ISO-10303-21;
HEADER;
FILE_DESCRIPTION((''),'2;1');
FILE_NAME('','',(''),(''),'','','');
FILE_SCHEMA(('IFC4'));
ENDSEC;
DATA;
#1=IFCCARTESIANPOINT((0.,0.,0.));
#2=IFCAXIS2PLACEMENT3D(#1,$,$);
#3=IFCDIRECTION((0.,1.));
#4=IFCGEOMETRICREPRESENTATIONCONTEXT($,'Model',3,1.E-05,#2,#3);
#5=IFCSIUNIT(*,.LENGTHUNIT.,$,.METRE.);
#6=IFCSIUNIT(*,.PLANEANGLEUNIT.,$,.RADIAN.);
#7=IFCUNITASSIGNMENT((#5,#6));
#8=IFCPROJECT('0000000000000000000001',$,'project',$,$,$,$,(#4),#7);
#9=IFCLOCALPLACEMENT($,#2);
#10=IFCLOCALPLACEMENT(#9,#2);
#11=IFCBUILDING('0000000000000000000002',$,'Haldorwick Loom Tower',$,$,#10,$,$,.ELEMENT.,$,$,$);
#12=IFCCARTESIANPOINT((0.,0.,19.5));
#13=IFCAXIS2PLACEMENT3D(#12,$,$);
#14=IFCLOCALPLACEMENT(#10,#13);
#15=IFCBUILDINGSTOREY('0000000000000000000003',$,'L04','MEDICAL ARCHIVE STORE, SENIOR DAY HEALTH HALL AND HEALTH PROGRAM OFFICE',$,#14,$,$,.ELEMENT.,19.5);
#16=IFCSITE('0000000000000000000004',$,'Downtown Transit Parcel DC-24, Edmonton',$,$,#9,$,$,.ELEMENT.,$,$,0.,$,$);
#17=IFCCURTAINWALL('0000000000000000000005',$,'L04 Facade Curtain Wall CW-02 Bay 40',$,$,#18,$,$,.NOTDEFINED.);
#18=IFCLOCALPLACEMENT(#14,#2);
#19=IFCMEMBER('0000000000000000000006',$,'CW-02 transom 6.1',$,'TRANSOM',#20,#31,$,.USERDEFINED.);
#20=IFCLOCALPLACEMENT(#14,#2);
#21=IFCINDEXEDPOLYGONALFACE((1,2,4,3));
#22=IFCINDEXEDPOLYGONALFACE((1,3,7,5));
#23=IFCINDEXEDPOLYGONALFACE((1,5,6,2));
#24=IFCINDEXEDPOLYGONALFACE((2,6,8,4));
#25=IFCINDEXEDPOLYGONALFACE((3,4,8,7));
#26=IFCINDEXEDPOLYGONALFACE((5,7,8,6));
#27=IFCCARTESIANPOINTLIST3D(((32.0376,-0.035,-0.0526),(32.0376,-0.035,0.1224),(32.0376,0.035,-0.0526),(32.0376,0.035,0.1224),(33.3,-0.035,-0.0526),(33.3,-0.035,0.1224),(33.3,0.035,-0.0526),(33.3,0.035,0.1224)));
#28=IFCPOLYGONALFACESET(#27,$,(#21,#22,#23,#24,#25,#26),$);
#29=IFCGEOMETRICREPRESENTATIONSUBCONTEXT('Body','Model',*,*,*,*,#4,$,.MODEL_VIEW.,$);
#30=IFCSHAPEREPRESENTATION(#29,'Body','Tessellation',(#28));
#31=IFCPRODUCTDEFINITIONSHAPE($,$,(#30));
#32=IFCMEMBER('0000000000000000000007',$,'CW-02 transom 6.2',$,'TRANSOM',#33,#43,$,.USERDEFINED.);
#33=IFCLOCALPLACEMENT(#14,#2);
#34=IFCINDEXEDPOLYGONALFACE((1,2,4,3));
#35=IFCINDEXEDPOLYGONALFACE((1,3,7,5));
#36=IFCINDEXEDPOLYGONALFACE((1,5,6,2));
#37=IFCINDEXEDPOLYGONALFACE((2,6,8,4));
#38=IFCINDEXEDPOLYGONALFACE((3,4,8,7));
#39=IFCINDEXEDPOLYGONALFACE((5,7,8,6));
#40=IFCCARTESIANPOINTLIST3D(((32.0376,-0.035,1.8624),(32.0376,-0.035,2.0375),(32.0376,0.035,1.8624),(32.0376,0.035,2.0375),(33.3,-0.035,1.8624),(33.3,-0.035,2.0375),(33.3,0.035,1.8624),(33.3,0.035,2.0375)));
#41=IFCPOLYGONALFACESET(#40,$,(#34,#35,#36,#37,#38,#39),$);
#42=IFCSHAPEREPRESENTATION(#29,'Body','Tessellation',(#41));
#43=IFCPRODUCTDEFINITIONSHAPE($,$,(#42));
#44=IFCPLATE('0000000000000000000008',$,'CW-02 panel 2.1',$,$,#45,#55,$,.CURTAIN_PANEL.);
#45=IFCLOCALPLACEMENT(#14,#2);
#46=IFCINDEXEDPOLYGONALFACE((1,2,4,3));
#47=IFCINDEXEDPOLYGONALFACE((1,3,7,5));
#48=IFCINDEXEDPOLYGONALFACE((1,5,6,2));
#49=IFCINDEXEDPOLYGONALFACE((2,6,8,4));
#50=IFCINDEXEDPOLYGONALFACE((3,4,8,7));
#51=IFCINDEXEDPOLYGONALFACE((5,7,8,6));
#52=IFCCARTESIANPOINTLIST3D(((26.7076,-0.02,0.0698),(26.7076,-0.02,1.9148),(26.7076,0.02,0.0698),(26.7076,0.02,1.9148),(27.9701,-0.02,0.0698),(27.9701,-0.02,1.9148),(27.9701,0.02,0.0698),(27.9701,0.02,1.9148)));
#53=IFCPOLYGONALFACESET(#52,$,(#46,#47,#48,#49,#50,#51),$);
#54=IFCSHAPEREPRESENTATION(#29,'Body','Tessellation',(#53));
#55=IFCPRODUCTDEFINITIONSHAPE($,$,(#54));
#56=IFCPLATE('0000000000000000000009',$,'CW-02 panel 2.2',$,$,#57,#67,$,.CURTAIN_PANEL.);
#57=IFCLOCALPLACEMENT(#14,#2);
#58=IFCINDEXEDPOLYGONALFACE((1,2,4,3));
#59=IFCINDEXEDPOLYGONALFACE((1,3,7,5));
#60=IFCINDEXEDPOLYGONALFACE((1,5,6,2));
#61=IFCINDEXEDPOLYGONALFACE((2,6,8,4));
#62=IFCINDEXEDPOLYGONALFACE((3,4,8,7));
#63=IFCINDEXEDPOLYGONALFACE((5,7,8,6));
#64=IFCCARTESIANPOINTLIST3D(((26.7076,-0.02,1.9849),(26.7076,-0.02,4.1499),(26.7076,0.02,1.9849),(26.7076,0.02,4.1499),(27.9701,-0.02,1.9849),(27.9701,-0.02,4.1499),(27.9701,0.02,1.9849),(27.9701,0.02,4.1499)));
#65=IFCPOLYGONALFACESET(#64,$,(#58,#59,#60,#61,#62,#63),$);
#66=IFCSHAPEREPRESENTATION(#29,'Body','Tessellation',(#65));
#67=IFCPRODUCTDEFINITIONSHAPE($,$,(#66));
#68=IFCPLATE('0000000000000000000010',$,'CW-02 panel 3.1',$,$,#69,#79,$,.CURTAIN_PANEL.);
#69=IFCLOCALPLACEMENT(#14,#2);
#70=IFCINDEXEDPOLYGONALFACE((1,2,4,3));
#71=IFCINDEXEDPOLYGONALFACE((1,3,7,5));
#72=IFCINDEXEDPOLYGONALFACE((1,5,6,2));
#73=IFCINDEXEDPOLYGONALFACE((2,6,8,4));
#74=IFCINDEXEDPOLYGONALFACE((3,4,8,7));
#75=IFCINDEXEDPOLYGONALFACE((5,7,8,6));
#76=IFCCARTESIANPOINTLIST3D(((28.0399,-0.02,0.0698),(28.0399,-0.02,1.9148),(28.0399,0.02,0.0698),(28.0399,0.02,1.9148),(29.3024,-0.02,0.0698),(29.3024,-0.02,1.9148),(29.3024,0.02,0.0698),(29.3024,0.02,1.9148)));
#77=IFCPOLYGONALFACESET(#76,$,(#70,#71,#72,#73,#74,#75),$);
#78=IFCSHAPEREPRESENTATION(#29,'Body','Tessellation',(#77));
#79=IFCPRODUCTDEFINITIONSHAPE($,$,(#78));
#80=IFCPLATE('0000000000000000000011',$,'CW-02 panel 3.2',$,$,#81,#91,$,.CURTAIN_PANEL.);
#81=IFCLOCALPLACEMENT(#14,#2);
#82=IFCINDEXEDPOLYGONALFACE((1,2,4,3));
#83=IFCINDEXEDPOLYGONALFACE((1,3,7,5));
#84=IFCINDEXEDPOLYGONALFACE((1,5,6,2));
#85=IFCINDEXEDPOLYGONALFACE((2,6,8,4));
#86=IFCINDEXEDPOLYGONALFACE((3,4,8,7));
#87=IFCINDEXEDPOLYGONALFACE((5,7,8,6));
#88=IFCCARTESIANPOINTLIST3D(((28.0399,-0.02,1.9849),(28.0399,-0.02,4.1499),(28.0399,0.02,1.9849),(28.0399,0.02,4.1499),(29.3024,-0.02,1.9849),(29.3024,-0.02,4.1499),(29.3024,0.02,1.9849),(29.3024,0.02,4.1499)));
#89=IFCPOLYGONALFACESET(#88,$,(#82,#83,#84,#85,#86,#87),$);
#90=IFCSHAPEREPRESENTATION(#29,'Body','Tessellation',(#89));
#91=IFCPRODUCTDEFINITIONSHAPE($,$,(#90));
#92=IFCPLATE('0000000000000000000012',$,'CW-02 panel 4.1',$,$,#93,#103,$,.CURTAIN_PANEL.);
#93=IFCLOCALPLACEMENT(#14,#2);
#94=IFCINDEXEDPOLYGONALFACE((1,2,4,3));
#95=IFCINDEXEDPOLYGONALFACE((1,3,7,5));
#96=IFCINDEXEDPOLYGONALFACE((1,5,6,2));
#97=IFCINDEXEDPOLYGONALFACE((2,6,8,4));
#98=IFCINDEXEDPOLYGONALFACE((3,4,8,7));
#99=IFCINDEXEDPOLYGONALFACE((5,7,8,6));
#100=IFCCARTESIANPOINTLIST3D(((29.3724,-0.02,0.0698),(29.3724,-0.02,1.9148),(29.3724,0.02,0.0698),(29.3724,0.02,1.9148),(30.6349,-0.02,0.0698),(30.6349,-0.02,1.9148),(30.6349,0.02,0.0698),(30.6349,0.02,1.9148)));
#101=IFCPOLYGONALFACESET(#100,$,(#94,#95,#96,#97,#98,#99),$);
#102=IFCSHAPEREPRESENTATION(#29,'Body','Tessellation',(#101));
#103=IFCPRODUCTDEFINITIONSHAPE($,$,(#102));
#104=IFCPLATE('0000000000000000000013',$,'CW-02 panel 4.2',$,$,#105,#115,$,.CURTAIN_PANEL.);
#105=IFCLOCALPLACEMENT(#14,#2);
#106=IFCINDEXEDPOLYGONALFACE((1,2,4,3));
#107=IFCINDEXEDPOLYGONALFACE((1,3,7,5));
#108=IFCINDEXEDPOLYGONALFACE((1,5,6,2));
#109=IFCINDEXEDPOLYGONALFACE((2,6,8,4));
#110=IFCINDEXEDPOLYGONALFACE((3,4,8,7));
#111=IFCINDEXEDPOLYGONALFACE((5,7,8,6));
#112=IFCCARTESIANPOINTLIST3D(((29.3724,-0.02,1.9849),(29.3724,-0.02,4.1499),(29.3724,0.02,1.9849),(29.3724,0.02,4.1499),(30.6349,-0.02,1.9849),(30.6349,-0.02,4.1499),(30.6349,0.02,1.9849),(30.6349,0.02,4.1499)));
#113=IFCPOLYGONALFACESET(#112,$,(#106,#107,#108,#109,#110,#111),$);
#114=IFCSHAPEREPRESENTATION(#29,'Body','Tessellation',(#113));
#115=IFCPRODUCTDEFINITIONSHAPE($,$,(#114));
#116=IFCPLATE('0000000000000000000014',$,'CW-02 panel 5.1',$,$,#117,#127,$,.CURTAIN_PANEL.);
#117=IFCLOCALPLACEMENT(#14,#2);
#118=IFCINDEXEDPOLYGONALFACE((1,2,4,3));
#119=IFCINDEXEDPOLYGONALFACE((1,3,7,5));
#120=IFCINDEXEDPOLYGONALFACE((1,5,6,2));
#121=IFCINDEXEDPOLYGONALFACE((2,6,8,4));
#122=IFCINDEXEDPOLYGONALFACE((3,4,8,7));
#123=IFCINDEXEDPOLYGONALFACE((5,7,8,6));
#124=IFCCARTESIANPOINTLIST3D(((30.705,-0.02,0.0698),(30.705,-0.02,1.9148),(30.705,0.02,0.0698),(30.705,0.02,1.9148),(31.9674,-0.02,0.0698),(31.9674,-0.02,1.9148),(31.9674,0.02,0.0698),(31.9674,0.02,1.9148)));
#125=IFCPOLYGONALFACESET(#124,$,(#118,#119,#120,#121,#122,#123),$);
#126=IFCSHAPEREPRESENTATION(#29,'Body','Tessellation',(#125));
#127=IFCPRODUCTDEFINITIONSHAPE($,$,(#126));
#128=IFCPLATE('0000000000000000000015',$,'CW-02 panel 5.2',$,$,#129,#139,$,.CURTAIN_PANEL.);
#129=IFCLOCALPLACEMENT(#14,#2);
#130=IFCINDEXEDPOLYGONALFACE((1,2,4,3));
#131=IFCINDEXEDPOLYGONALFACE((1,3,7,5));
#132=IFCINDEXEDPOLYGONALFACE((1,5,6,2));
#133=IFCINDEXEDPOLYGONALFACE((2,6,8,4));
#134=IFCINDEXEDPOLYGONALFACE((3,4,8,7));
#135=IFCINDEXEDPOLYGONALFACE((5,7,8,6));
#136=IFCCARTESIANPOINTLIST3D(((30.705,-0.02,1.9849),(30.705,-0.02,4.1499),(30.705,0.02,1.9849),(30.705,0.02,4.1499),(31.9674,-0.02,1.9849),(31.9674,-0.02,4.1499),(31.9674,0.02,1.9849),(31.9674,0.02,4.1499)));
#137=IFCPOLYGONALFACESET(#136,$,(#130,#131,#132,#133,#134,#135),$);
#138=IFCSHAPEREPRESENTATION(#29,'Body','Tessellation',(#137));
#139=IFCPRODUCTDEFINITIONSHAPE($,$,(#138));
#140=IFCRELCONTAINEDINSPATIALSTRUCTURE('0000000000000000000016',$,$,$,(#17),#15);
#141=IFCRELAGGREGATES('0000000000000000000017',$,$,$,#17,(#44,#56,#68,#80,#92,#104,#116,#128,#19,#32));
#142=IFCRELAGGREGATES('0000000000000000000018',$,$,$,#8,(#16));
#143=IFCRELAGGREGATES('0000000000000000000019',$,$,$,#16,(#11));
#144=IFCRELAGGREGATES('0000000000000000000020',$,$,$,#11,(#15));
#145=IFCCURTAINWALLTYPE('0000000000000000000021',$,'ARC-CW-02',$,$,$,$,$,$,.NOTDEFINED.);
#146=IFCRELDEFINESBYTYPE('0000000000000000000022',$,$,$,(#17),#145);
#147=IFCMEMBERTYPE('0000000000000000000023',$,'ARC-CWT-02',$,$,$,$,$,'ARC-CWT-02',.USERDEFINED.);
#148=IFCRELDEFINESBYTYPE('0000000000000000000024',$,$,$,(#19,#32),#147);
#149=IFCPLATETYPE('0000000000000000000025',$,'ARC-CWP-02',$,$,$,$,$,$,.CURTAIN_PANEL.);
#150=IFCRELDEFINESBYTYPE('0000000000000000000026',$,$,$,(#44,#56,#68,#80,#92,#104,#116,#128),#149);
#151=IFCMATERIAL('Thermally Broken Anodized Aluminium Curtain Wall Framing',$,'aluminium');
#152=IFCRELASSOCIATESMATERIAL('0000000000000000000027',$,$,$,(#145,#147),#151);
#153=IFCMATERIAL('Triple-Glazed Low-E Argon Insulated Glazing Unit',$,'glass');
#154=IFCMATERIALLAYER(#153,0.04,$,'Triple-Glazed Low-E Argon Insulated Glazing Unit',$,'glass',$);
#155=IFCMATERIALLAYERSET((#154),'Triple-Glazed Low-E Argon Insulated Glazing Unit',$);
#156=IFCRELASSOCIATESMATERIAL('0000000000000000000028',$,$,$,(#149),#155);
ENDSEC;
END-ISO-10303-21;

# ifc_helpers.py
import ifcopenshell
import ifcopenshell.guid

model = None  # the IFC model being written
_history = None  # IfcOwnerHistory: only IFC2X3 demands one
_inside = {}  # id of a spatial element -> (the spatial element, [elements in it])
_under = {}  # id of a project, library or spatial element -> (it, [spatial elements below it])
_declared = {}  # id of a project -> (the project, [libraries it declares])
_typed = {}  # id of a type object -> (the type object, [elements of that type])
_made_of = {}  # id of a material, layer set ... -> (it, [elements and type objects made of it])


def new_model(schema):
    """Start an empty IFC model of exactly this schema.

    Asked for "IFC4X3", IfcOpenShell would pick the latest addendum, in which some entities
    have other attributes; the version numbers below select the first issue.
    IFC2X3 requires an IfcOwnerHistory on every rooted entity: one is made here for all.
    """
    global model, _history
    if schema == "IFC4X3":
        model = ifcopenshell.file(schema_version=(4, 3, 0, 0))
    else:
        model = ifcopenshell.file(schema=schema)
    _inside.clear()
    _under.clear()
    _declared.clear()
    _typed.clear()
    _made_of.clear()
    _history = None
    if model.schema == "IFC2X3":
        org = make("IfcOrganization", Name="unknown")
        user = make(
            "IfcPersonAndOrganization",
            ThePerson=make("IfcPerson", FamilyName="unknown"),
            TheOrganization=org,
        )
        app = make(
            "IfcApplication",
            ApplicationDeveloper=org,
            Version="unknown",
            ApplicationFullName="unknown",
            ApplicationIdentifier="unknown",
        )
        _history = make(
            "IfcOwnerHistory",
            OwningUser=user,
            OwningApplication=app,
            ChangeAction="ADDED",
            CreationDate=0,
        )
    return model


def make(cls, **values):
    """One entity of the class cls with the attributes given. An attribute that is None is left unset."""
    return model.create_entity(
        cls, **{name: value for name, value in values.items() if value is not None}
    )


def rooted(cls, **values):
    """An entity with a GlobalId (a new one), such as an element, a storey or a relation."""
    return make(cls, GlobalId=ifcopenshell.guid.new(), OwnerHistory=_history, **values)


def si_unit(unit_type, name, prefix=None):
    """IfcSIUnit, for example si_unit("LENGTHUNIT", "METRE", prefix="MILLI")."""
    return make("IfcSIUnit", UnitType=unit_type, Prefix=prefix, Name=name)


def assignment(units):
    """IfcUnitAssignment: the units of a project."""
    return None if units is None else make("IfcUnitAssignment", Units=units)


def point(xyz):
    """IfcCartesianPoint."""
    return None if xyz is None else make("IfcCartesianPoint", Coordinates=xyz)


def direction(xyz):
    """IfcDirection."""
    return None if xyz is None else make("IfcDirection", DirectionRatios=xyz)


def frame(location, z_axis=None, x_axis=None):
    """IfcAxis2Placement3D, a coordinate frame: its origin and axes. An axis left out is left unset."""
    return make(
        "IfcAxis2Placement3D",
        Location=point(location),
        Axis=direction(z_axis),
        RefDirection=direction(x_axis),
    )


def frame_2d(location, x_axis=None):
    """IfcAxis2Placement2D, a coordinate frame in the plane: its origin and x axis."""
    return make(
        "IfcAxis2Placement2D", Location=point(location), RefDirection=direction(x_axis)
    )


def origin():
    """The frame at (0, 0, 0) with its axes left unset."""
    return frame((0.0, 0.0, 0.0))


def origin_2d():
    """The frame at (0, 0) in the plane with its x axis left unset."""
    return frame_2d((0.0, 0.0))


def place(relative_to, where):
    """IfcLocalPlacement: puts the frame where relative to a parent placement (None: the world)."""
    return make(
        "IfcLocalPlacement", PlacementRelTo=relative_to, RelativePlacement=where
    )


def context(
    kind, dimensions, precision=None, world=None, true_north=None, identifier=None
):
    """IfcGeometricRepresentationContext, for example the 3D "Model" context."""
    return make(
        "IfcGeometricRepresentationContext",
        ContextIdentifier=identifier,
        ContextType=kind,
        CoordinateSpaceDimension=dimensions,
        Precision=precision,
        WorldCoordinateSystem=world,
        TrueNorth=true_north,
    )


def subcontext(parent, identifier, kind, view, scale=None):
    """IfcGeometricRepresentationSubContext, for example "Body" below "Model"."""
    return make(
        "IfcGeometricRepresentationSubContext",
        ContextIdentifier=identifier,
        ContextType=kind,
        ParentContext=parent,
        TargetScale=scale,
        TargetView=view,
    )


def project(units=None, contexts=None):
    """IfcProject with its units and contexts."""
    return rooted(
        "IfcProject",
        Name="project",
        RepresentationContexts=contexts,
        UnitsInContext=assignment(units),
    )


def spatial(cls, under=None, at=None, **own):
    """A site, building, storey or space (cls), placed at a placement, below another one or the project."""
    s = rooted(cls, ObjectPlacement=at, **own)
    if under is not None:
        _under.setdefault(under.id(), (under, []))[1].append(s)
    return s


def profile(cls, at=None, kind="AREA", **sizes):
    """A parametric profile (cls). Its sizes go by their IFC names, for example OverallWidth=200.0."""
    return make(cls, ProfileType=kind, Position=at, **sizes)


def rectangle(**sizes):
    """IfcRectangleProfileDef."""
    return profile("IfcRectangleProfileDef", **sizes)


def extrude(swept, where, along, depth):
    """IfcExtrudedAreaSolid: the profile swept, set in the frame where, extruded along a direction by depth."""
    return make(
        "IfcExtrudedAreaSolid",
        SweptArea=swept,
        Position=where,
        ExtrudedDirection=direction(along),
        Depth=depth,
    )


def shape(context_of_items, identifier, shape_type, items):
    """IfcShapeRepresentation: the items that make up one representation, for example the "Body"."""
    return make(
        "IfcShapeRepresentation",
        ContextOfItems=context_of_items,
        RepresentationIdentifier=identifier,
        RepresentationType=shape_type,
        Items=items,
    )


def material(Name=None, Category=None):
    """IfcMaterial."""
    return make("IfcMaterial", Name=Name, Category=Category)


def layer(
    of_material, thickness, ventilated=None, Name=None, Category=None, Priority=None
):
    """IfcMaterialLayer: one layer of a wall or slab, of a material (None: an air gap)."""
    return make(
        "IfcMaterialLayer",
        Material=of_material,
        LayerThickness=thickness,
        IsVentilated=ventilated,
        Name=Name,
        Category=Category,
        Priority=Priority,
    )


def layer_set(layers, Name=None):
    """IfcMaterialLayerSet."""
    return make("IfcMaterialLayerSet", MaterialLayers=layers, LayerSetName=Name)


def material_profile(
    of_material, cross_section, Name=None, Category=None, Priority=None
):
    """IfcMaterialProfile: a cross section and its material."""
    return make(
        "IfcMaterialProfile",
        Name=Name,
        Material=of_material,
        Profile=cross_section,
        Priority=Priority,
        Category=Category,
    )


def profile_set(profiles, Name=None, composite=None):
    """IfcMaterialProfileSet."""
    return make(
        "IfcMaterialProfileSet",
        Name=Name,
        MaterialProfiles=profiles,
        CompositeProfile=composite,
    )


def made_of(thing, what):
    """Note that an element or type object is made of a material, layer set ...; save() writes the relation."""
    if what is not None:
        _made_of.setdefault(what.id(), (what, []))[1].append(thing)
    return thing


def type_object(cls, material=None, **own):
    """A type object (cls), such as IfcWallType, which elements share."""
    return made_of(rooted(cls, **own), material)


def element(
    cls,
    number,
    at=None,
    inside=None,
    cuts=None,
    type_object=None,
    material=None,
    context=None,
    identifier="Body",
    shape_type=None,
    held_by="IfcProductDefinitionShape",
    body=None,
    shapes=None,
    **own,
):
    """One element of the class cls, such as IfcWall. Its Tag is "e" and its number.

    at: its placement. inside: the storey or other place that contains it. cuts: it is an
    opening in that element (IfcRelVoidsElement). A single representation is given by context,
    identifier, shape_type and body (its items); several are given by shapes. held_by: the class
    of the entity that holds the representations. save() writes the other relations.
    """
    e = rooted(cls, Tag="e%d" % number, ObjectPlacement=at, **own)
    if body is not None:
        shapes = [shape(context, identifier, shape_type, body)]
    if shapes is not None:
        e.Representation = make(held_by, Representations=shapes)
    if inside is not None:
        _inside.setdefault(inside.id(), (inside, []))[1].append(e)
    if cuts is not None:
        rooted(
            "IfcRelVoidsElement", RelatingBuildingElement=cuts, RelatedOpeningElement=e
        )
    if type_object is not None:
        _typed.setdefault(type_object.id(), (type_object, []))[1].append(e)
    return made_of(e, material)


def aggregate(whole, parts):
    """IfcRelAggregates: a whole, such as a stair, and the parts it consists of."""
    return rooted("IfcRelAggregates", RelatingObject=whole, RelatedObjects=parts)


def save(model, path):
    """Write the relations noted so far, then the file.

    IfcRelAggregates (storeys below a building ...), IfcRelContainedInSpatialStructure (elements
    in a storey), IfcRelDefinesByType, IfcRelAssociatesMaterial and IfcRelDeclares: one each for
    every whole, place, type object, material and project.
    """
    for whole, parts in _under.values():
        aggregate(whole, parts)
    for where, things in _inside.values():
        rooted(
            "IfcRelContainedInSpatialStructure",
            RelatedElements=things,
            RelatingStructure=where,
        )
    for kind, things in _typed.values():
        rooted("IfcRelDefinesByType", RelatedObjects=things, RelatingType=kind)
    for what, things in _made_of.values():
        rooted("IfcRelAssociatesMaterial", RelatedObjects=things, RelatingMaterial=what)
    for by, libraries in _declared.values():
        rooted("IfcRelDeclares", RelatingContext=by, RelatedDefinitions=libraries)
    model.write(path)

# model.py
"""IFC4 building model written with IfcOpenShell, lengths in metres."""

from ifc_helpers import new_model, si_unit, direction, frame, origin, origin_2d, place, context, subcontext, project, spatial, rectangle, extrude, material, layer, layer_set, material_profile, profile_set, type_object, element, aggregate, save


model = new_model("IFC4")

# Units and contexts
model_context = context("Model", 3, precision=1e-05, world=origin(), true_north=direction((0.0, 1.0)))
body_context = subcontext(model_context, "Body", "Model", "MODEL_VIEW")
ifc_project = project(units=[si_unit("LENGTHUNIT", "METRE"), si_unit("PLANEANGLEUNIT", "RADIAN")], contexts=[model_context])

# Site, building, storey
site_placement = place(None, origin())
site = spatial("IfcSite", under=ifc_project, at=site_placement, Name="Downtown Transit Parcel DC-24, Edmonton", CompositionType="ELEMENT", RefElevation=0.0)
building_placement = place(site_placement, origin())
building = spatial("IfcBuilding", under=site, at=building_placement, Name="Haldorwick Loom Tower", CompositionType="ELEMENT")
storey_placement = place(building_placement, frame((0.0, 0.0, 19.5)))
storey = spatial("IfcBuildingStorey", under=building, at=storey_placement, Name="L04", Description="MEDICAL ARCHIVE STORE, SENIOR DAY HEALTH HALL AND HEALTH PROGRAM OFFICE", CompositionType="ELEMENT", Elevation=19.5)

# Curtain wall, members, plates
ifc_material_1 = material(Name="Thermally Broken Anodized Aluminium Curtain Wall Framing", Category="aluminium")
curtain_wall_type = type_object("IfcCurtainWallType", Name="ARC-CW-02", PredefinedType="NOTDEFINED", material=ifc_material_1)
curtain_wall_placement = place(storey_placement, origin())
curtain_wall = element("IfcCurtainWall", 1, at=curtain_wall_placement, inside=storey, type_object=curtain_wall_type, Name="L04 Facade Curtain Wall CW-02 Bay 40", PredefinedType="NOTDEFINED")
ifc_material_profile_1 = material_profile(ifc_material_1, rectangle(XDim=0.0701, YDim=0.175, at=origin_2d()), Name="ALU_TRN_70X175", Category="aluminium")
ifc_profile_set_1 = profile_set([ifc_material_profile_1], Name="Thermally Broken Anodized Aluminium Curtain Wall Framing")
member_type_1 = type_object("IfcMemberType", Name="ARC-CWT-02", ElementType="ARC-CWT-02", PredefinedType="USERDEFINED", material=ifc_profile_set_1)
member_1_placement = place(storey_placement, frame((32.0376, 0.0, 0.0349), z_axis=(1.0, 0.0, 0.0), x_axis=(0.0, 1.0, 0.0)))
member_1 = element("IfcMember", 2, at=member_1_placement, type_object=member_type_1, Name="CW-02 transom 6.1", ObjectType="TRANSOM", PredefinedType="USERDEFINED", context=body_context, shape_type="SweptSolid", body=[
    extrude(rectangle(XDim=0.0701, YDim=0.175, at=origin_2d()), origin(), (0.0, 0.0, 1.0), 1.2625),
])
member_2_placement = place(storey_placement, frame((32.0376, 0.0, 1.95), z_axis=(1.0, 0.0, 0.0), x_axis=(0.0, 1.0, 0.0)))
member_2 = element("IfcMember", 3, at=member_2_placement, type_object=member_type_1, Name="CW-02 transom 6.2", ObjectType="TRANSOM", PredefinedType="USERDEFINED", context=body_context, shape_type="SweptSolid", body=[
    extrude(rectangle(XDim=0.0701, YDim=0.175, at=origin_2d()), origin(), (0.0, 0.0, 1.0), 1.2625),
])
ifc_material_2 = material(Name="Triple-Glazed Low-E Argon Insulated Glazing Unit", Category="glass")
ifc_layer = layer(ifc_material_2, 0.04, Name="Triple-Glazed Low-E Argon Insulated Glazing Unit", Category="glass")
ifc_layer_set = layer_set([ifc_layer], Name="Triple-Glazed Low-E Argon Insulated Glazing Unit")
plate_type = type_object("IfcPlateType", Name="ARC-CWP-02", PredefinedType="CURTAIN_PANEL", material=ifc_layer_set)
plate_1_placement = place(storey_placement, frame((27.3389, 0.0, 0.0698), z_axis=(0.0, 0.0, 1.0), x_axis=(1.0, 0.0, 0.0)))
plate_1 = element("IfcPlate", 4, at=plate_1_placement, type_object=plate_type, Name="CW-02 panel 2.1", PredefinedType="CURTAIN_PANEL", context=body_context, shape_type="SweptSolid", body=[
    extrude(rectangle(XDim=1.2625, YDim=0.04, at=origin_2d()), origin(), (0.0, 0.0, 1.0), 1.845),
])
plate_2_placement = place(storey_placement, frame((27.3389, 0.0, 1.9849), z_axis=(0.0, 0.0, 1.0), x_axis=(1.0, 0.0, 0.0)))
plate_2 = element("IfcPlate", 5, at=plate_2_placement, type_object=plate_type, Name="CW-02 panel 2.2", PredefinedType="CURTAIN_PANEL", context=body_context, shape_type="SweptSolid", body=[
    extrude(rectangle(XDim=1.2625, YDim=0.04, at=origin_2d()), origin(), (0.0, 0.0, 1.0), 2.165),
])
plate_3_placement = place(storey_placement, frame((28.6711, 0.0, 0.0698), z_axis=(0.0, 0.0, 1.0), x_axis=(1.0, 0.0, 0.0)))
plate_3 = element("IfcPlate", 6, at=plate_3_placement, type_object=plate_type, Name="CW-02 panel 3.1", PredefinedType="CURTAIN_PANEL", context=body_context, shape_type="SweptSolid", body=[
    extrude(rectangle(XDim=1.2625, YDim=0.04, at=origin_2d()), origin(), (0.0, 0.0, 1.0), 1.845),
])
plate_4_placement = place(storey_placement, frame((28.6711, 0.0, 1.9849), z_axis=(0.0, 0.0, 1.0), x_axis=(1.0, 0.0, 0.0)))
plate_4 = element("IfcPlate", 7, at=plate_4_placement, type_object=plate_type, Name="CW-02 panel 3.2", PredefinedType="CURTAIN_PANEL", context=body_context, shape_type="SweptSolid", body=[
    extrude(rectangle(XDim=1.2625, YDim=0.04, at=origin_2d()), origin(), (0.0, 0.0, 1.0), 2.165),
])
plate_5_placement = place(storey_placement, frame((30.0037, 0.0, 0.0698), z_axis=(0.0, 0.0, 1.0), x_axis=(1.0, 0.0, 0.0)))
plate_5 = element("IfcPlate", 8, at=plate_5_placement, type_object=plate_type, Name="CW-02 panel 4.1", PredefinedType="CURTAIN_PANEL", context=body_context, shape_type="SweptSolid", body=[
    extrude(rectangle(XDim=1.2625, YDim=0.04, at=origin_2d()), origin(), (0.0, 0.0, 1.0), 1.845),
])
plate_6_placement = place(storey_placement, frame((30.0037, 0.0, 1.9849), z_axis=(0.0, 0.0, 1.0), x_axis=(1.0, 0.0, 0.0)))
plate_6 = element("IfcPlate", 9, at=plate_6_placement, type_object=plate_type, Name="CW-02 panel 4.2", PredefinedType="CURTAIN_PANEL", context=body_context, shape_type="SweptSolid", body=[
    extrude(rectangle(XDim=1.2625, YDim=0.04, at=origin_2d()), origin(), (0.0, 0.0, 1.0), 2.165),
])
plate_7_placement = place(storey_placement, frame((31.3362, 0.0, 0.0698), z_axis=(0.0, 0.0, 1.0), x_axis=(1.0, 0.0, 0.0)))
plate_7 = element("IfcPlate", 10, at=plate_7_placement, type_object=plate_type, Name="CW-02 panel 5.1", PredefinedType="CURTAIN_PANEL", context=body_context, shape_type="SweptSolid", body=[
    extrude(rectangle(XDim=1.2625, YDim=0.04, at=origin_2d()), origin(), (0.0, 0.0, 1.0), 1.845),
])
plate_8_placement = place(storey_placement, frame((31.3362, 0.0, 1.9849), z_axis=(0.0, 0.0, 1.0), x_axis=(1.0, 0.0, 0.0)))
plate_8 = element("IfcPlate", 11, at=plate_8_placement, type_object=plate_type, Name="CW-02 panel 5.2", PredefinedType="CURTAIN_PANEL", context=body_context, shape_type="SweptSolid", body=[
    extrude(rectangle(XDim=1.2625, YDim=0.04, at=origin_2d()), origin(), (0.0, 0.0, 1.0), 2.165),
])
aggregate(curtain_wall, [plate_1, plate_2, plate_3, plate_4, plate_5, plate_6, plate_7, plate_8, member_1, member_2])

save(model, "model.ifc")
